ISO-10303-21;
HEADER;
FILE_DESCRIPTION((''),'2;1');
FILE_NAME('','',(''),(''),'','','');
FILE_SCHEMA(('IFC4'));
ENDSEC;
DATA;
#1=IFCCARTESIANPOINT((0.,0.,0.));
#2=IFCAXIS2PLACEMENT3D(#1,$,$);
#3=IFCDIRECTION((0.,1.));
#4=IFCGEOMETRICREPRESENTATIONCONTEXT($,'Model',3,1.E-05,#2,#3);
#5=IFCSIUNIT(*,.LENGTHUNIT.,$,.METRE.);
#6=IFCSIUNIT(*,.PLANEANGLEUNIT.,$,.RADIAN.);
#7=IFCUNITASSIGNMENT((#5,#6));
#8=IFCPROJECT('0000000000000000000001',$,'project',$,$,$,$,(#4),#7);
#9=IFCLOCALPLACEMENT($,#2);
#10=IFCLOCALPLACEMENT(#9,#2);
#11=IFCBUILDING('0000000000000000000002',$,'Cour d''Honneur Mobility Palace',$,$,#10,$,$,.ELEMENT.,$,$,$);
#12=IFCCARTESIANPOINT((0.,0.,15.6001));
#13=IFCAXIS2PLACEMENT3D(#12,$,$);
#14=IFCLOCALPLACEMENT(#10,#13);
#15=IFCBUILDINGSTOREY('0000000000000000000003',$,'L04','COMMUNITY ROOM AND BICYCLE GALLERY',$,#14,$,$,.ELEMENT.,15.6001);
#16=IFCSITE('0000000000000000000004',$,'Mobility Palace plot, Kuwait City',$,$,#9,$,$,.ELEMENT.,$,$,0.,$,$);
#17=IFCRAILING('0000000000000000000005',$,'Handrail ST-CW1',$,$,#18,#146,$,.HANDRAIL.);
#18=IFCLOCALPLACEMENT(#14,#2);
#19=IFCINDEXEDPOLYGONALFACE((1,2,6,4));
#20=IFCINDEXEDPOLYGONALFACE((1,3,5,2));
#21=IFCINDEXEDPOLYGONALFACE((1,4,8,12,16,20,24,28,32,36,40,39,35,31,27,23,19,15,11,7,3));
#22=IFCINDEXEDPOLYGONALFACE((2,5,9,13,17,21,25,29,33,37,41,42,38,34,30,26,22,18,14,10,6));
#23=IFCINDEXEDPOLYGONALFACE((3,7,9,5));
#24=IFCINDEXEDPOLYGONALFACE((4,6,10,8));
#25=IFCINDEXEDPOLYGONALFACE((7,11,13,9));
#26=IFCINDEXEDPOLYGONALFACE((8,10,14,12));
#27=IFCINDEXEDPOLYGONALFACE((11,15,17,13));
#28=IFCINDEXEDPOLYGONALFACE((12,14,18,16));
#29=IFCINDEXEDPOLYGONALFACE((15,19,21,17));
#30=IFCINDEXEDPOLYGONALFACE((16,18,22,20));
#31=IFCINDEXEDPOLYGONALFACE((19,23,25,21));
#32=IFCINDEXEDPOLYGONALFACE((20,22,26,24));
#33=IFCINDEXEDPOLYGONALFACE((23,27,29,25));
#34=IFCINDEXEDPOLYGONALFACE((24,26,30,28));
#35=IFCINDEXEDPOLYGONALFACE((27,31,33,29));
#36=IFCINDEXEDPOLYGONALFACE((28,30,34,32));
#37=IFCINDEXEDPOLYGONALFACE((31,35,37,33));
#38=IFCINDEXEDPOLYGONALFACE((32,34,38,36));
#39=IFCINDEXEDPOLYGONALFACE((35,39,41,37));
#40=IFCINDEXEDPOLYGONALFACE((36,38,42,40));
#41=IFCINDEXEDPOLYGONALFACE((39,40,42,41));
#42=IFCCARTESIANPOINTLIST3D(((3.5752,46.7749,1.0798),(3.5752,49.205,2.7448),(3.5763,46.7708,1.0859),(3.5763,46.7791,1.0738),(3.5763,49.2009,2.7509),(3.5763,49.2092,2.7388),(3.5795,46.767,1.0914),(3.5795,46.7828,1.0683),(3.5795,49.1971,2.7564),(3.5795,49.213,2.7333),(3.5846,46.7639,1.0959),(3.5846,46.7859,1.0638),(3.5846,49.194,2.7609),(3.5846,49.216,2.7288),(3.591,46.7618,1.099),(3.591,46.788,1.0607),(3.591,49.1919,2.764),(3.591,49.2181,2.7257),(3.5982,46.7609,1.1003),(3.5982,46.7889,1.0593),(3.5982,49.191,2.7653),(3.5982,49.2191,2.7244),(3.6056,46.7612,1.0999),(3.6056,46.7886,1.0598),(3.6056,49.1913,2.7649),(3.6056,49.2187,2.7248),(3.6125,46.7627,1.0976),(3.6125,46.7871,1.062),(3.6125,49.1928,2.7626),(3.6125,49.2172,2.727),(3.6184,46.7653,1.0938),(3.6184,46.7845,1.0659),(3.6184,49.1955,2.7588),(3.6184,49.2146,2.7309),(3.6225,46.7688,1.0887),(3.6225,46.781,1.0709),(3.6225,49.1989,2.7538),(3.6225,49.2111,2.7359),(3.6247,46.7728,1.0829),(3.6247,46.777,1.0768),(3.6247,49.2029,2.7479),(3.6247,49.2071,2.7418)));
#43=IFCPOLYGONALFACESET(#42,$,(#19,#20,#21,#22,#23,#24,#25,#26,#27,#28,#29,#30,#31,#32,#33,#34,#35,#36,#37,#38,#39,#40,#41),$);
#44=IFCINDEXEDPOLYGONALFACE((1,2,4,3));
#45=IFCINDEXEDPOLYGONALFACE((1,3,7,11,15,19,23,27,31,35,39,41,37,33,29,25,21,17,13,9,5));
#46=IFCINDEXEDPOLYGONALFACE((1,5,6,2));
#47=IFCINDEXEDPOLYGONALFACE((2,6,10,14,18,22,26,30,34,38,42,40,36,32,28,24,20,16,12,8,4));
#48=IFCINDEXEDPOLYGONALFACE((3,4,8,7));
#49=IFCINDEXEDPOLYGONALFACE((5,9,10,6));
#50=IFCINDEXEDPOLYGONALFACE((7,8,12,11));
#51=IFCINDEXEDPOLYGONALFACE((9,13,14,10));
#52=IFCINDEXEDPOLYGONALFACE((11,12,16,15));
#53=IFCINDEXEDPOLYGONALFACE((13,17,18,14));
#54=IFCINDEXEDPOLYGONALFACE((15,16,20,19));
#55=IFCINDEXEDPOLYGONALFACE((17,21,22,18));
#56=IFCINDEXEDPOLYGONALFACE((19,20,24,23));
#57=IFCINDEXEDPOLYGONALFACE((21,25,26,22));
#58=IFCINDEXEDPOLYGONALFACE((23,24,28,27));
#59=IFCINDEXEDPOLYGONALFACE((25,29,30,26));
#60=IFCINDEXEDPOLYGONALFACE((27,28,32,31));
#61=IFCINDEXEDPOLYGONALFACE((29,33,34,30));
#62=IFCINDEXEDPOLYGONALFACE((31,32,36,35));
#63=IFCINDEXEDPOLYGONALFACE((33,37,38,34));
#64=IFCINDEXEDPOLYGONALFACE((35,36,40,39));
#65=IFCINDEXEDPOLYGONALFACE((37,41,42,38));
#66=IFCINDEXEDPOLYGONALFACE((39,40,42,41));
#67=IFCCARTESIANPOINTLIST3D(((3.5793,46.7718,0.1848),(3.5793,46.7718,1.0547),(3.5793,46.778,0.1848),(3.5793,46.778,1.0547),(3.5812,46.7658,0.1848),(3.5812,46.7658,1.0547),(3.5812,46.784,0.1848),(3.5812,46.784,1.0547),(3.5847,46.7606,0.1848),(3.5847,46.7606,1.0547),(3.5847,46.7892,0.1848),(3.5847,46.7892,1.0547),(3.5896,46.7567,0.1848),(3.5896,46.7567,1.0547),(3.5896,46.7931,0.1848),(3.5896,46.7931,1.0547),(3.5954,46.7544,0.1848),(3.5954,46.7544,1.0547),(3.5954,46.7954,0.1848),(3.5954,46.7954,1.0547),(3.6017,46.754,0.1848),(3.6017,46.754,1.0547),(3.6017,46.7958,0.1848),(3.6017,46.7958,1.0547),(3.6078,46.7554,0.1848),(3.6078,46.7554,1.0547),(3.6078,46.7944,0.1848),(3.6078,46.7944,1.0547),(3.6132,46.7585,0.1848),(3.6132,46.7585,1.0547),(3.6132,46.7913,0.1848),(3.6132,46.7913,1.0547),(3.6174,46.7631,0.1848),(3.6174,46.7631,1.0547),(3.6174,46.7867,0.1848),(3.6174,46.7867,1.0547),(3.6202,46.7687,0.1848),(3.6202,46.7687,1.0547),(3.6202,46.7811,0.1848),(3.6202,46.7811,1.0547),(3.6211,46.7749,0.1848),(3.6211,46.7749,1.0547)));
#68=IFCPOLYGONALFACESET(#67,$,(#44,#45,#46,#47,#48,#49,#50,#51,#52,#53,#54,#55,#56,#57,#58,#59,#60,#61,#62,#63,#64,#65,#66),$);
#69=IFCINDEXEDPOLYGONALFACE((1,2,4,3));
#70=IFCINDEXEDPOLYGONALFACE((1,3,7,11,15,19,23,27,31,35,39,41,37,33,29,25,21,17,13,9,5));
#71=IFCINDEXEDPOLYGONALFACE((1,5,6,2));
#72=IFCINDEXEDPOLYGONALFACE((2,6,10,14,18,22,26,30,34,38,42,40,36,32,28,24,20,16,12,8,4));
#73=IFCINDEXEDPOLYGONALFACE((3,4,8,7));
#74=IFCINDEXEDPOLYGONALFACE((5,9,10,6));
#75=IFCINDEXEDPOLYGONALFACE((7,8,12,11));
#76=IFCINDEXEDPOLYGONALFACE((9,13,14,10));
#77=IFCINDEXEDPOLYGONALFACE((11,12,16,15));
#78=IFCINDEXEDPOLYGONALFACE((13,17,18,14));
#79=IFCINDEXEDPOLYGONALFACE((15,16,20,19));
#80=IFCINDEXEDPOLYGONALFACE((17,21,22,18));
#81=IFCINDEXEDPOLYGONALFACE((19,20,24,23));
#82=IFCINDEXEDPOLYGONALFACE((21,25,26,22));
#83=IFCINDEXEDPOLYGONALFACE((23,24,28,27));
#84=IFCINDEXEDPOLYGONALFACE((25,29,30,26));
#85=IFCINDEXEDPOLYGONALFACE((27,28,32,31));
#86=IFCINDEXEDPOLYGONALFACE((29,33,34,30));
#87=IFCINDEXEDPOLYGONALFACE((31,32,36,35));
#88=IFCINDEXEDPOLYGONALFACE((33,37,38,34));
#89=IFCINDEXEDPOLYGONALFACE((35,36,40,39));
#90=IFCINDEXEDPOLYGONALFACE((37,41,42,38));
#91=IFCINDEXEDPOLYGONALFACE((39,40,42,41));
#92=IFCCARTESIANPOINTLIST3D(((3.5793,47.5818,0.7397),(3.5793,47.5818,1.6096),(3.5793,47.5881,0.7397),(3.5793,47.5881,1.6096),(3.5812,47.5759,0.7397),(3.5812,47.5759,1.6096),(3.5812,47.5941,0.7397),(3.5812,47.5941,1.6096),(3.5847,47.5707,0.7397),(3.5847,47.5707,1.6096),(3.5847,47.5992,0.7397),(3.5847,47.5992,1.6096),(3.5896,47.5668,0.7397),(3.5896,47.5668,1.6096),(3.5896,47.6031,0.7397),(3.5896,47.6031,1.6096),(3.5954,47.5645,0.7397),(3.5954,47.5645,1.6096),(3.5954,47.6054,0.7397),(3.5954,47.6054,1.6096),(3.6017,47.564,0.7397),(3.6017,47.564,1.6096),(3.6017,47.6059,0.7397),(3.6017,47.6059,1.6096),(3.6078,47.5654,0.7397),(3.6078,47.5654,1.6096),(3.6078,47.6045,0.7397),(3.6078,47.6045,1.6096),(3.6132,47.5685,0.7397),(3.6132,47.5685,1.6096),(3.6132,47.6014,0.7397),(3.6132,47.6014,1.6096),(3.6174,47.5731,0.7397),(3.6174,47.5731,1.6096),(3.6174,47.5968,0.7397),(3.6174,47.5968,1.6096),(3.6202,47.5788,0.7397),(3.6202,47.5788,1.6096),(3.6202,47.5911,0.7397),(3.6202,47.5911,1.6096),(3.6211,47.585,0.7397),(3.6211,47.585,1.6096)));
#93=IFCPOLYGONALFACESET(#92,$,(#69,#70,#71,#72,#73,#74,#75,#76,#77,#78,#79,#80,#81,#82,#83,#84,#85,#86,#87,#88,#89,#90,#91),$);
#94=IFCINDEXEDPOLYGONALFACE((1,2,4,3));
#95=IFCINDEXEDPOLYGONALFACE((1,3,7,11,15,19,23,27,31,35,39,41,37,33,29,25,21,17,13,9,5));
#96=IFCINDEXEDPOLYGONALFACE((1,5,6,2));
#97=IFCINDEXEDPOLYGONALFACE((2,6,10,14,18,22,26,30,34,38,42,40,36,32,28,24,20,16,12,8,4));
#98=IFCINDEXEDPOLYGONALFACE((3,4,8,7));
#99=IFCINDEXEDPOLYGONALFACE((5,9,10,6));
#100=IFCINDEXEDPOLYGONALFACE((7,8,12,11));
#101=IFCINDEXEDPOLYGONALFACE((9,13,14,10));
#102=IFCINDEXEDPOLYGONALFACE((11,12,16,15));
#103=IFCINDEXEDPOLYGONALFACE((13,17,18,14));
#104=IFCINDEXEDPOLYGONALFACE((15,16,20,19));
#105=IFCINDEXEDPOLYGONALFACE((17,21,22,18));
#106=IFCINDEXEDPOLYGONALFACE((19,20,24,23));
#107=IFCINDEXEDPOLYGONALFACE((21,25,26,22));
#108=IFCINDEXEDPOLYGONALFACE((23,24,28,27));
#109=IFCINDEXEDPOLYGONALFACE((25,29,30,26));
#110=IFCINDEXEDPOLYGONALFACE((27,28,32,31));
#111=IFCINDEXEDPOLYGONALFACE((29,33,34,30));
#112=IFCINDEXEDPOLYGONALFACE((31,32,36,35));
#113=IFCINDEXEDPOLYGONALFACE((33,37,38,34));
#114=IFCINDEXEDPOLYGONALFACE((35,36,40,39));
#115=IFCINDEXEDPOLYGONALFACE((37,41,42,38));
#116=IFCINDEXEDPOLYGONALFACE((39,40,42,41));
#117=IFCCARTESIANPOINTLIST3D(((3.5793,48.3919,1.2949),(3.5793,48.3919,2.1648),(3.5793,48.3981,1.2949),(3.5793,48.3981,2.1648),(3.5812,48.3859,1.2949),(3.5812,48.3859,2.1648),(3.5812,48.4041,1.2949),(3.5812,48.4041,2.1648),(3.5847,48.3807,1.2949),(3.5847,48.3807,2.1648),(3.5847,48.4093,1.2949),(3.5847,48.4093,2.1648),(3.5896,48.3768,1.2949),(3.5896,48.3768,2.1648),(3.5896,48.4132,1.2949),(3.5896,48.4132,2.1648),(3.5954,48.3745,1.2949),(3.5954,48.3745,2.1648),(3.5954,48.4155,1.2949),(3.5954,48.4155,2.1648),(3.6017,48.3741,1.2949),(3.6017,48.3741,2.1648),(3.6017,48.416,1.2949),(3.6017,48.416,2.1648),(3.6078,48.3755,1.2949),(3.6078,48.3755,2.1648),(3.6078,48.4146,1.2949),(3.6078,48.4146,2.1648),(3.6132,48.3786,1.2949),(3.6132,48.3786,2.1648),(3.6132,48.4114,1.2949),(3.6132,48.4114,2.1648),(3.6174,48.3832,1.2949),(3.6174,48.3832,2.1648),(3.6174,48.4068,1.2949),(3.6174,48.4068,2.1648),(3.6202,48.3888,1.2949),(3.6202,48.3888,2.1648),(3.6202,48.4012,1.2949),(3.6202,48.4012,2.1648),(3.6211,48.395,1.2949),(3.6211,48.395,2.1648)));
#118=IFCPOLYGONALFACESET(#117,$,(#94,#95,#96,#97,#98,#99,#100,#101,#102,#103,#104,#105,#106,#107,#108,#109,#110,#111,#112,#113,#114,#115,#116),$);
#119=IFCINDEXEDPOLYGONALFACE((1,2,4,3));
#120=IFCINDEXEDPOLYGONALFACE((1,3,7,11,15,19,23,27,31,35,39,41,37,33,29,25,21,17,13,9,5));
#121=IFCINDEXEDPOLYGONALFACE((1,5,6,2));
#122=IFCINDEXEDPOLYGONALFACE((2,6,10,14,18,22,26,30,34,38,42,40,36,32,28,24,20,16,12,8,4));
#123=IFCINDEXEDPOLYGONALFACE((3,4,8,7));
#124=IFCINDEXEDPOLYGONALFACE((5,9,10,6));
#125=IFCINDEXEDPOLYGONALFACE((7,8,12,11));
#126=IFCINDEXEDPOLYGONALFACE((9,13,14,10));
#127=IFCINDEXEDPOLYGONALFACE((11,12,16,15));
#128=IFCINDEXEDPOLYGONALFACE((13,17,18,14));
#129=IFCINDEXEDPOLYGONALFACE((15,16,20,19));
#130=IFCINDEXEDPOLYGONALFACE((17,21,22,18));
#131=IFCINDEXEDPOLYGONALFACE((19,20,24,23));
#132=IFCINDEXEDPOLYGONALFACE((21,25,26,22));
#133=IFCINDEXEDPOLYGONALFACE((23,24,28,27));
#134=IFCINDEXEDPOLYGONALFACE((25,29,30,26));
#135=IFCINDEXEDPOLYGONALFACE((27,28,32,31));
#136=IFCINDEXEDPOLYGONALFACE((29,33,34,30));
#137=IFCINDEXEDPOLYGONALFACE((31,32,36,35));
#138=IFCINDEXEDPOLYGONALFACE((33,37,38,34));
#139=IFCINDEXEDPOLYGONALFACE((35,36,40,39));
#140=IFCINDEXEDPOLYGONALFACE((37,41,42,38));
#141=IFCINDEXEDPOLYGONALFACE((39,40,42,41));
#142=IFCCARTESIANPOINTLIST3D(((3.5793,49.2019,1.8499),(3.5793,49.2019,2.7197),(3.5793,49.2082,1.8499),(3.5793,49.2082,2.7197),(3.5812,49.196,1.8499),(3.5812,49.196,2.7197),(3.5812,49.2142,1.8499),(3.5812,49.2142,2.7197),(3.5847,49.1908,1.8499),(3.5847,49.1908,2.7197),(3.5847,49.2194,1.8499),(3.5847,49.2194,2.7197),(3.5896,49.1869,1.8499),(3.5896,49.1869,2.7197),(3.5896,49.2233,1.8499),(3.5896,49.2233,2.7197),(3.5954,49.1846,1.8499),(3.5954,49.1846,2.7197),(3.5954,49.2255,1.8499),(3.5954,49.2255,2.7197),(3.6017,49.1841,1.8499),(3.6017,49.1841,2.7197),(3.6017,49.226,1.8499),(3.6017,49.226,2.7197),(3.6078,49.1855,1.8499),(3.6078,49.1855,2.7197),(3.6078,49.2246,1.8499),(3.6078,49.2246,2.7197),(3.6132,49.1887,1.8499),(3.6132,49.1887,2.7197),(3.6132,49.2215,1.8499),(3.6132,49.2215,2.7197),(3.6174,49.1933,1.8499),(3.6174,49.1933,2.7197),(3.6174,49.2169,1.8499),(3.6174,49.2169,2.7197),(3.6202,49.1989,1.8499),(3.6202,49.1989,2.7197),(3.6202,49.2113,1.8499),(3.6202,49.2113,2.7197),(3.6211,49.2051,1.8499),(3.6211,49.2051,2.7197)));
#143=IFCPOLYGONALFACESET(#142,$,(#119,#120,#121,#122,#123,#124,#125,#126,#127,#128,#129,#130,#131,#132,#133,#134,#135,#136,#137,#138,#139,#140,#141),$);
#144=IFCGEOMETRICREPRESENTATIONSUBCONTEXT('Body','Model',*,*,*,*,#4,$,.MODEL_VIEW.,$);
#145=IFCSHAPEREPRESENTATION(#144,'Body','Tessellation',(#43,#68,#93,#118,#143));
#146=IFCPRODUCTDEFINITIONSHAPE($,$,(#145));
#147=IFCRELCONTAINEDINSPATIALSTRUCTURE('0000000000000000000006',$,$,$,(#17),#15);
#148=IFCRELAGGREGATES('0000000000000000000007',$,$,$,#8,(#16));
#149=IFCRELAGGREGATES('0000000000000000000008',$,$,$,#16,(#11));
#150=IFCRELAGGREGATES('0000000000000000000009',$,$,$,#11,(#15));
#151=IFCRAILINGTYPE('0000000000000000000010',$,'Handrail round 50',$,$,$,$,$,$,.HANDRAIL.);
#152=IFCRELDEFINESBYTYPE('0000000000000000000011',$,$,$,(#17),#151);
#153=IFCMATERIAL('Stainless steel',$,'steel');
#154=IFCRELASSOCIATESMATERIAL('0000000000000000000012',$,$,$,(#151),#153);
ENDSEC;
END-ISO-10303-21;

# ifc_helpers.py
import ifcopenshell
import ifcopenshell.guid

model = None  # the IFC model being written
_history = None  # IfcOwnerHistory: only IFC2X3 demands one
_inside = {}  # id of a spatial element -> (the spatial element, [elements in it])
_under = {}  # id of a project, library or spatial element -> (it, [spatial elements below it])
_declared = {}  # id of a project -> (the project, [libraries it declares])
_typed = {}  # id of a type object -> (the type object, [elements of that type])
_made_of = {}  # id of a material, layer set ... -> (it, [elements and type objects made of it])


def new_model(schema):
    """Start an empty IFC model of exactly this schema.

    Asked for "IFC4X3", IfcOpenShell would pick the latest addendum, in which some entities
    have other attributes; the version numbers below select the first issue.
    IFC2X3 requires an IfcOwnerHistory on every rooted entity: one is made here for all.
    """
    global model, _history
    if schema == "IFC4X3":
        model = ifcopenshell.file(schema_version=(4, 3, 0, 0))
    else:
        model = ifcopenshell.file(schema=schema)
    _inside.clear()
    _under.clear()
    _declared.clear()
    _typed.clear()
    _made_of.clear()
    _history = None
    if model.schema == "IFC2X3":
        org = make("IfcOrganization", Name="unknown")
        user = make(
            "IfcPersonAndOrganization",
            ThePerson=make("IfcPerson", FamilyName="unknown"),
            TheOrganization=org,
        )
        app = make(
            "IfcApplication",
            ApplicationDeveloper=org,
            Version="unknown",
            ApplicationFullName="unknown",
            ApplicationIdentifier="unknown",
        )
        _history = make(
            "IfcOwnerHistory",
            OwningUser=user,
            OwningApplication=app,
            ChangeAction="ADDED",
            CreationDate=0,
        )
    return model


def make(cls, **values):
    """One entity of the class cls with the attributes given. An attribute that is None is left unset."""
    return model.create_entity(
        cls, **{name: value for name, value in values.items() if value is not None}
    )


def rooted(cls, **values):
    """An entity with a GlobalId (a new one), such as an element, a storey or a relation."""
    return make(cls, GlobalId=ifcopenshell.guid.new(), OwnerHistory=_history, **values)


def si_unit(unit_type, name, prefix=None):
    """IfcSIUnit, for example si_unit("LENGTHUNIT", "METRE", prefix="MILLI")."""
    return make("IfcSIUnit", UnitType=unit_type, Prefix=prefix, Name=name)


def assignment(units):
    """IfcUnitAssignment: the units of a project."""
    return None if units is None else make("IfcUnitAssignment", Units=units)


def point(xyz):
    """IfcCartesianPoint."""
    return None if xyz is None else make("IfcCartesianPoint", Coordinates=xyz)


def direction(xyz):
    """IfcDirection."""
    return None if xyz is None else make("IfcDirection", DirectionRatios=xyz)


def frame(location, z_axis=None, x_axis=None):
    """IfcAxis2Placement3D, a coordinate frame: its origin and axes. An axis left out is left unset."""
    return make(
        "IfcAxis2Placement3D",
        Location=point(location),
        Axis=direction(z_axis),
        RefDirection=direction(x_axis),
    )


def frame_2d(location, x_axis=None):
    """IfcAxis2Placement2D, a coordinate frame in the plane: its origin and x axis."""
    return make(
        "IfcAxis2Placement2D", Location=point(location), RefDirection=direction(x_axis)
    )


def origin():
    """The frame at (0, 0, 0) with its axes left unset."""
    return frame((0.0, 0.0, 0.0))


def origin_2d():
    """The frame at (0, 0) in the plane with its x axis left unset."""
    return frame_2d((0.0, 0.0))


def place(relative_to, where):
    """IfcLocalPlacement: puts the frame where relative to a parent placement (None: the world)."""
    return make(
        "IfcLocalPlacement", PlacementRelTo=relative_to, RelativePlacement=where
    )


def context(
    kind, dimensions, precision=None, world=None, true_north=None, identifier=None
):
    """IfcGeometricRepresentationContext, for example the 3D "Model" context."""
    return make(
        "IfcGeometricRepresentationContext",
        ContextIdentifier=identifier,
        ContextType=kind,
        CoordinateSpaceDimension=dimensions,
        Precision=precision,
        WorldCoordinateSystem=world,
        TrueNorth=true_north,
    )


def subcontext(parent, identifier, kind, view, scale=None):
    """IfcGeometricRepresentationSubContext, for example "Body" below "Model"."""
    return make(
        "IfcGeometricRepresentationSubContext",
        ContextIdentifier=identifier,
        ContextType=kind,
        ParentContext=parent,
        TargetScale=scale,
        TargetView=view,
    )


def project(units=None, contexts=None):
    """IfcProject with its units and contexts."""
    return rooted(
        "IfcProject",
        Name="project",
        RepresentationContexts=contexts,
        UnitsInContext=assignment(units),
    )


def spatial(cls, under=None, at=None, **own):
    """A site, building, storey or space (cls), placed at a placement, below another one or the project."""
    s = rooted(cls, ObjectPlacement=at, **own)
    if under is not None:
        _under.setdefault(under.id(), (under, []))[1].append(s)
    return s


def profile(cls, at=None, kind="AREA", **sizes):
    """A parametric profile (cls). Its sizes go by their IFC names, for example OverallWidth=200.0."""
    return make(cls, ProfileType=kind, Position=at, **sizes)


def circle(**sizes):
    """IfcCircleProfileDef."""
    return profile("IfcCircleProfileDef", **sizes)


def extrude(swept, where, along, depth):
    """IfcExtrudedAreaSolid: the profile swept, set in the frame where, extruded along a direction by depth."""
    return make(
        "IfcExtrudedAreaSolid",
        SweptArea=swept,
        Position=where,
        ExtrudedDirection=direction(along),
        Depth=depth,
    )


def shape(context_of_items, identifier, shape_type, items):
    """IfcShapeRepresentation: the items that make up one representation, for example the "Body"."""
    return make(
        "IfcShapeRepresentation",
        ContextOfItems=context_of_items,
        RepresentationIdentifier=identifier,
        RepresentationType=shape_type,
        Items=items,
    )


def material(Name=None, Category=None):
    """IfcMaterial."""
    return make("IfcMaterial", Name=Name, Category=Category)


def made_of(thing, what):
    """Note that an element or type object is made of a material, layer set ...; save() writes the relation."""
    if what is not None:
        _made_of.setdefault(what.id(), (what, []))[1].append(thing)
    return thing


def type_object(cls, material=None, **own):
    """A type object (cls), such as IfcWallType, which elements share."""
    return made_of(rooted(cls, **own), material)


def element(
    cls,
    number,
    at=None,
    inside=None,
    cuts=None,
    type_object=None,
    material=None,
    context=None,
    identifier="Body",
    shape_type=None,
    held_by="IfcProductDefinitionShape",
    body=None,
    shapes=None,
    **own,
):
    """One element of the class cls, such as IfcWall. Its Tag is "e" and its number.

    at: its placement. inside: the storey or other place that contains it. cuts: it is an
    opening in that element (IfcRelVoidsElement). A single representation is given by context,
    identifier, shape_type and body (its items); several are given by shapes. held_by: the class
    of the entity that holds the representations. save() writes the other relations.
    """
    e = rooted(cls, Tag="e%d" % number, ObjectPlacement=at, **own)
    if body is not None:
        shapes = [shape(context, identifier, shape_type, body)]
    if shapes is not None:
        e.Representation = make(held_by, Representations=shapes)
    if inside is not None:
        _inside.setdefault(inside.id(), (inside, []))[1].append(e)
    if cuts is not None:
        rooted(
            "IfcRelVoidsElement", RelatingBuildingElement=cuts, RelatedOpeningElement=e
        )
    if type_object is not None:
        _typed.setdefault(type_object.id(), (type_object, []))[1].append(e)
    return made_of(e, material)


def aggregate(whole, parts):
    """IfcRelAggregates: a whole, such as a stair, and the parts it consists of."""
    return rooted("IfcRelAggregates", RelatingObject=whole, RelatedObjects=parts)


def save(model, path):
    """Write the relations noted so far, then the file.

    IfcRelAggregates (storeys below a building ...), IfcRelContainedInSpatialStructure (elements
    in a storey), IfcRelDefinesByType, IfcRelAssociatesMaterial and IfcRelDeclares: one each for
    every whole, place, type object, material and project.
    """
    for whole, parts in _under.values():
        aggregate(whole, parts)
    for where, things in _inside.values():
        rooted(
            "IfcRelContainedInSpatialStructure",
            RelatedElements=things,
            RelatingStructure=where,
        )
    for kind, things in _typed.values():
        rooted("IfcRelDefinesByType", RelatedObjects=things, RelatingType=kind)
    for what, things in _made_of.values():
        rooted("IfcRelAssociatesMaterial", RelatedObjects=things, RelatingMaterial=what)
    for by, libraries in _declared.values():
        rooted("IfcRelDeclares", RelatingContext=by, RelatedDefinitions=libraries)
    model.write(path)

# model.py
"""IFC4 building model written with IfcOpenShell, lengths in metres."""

from ifc_helpers import new_model, si_unit, direction, frame, origin, origin_2d, place, context, subcontext, project, spatial, circle, extrude, material, type_object, element, save


model = new_model("IFC4")

# Units and contexts
model_context = context("Model", 3, precision=1e-05, world=origin(), true_north=direction((0.0, 1.0)))
body_context = subcontext(model_context, "Body", "Model", "MODEL_VIEW")
ifc_project = project(units=[si_unit("LENGTHUNIT", "METRE"), si_unit("PLANEANGLEUNIT", "RADIAN")], contexts=[model_context])

# Site, building, storey
site_placement = place(None, origin())
site = spatial("IfcSite", under=ifc_project, at=site_placement, Name="Mobility Palace plot, Kuwait City", CompositionType="ELEMENT", RefElevation=0.0)
building_placement = place(site_placement, origin())
building = spatial("IfcBuilding", under=site, at=building_placement, Name="Cour d'Honneur Mobility Palace", CompositionType="ELEMENT")
storey_placement = place(building_placement, frame((0.0, 0.0, 15.6001)))
storey = spatial("IfcBuildingStorey", under=building, at=storey_placement, Name="L04", Description="COMMUNITY ROOM AND BICYCLE GALLERY", CompositionType="ELEMENT", Elevation=15.6001)

# Railing
ifc_material_1 = material(Name="Stainless steel", Category="steel")
railing_type_1 = type_object("IfcRailingType", Name="Handrail round 50", PredefinedType="HANDRAIL", material=ifc_material_1)
railing_1_placement = place(storey_placement, frame((3.6001, 46.7749, 0.1848)))
element("IfcRailing", 1, at=railing_1_placement, inside=storey, type_object=railing_type_1, Name="Handrail ST-CW1", PredefinedType="HANDRAIL", context=body_context, shape_type="SweptSolid", body=[
    extrude(circle(Radius=0.0249, at=origin_2d()), frame((0.0, 0.0, 0.895), z_axis=(0.0, 0.824945, 0.565213), x_axis=(-1.0, 0.0, 0.0)), (0.0, 0.0, 1.0), 2.9458),
    extrude(circle(Radius=0.021, at=origin_2d()), origin(), (0.0, 0.0, 1.0), 0.8699),
    extrude(circle(Radius=0.021, at=origin_2d()), frame((0.0, 0.8101, 0.5549)), (0.0, 0.0, 1.0), 0.8699),
    extrude(circle(Radius=0.021, at=origin_2d()), frame((0.0, 1.6201, 1.1101)), (0.0, 0.0, 1.0), 0.8699),
    extrude(circle(Radius=0.021, at=origin_2d()), frame((0.0, 2.4302, 1.665)), (0.0, 0.0, 1.0), 0.8699),
])

save(model, "model.ifc")
